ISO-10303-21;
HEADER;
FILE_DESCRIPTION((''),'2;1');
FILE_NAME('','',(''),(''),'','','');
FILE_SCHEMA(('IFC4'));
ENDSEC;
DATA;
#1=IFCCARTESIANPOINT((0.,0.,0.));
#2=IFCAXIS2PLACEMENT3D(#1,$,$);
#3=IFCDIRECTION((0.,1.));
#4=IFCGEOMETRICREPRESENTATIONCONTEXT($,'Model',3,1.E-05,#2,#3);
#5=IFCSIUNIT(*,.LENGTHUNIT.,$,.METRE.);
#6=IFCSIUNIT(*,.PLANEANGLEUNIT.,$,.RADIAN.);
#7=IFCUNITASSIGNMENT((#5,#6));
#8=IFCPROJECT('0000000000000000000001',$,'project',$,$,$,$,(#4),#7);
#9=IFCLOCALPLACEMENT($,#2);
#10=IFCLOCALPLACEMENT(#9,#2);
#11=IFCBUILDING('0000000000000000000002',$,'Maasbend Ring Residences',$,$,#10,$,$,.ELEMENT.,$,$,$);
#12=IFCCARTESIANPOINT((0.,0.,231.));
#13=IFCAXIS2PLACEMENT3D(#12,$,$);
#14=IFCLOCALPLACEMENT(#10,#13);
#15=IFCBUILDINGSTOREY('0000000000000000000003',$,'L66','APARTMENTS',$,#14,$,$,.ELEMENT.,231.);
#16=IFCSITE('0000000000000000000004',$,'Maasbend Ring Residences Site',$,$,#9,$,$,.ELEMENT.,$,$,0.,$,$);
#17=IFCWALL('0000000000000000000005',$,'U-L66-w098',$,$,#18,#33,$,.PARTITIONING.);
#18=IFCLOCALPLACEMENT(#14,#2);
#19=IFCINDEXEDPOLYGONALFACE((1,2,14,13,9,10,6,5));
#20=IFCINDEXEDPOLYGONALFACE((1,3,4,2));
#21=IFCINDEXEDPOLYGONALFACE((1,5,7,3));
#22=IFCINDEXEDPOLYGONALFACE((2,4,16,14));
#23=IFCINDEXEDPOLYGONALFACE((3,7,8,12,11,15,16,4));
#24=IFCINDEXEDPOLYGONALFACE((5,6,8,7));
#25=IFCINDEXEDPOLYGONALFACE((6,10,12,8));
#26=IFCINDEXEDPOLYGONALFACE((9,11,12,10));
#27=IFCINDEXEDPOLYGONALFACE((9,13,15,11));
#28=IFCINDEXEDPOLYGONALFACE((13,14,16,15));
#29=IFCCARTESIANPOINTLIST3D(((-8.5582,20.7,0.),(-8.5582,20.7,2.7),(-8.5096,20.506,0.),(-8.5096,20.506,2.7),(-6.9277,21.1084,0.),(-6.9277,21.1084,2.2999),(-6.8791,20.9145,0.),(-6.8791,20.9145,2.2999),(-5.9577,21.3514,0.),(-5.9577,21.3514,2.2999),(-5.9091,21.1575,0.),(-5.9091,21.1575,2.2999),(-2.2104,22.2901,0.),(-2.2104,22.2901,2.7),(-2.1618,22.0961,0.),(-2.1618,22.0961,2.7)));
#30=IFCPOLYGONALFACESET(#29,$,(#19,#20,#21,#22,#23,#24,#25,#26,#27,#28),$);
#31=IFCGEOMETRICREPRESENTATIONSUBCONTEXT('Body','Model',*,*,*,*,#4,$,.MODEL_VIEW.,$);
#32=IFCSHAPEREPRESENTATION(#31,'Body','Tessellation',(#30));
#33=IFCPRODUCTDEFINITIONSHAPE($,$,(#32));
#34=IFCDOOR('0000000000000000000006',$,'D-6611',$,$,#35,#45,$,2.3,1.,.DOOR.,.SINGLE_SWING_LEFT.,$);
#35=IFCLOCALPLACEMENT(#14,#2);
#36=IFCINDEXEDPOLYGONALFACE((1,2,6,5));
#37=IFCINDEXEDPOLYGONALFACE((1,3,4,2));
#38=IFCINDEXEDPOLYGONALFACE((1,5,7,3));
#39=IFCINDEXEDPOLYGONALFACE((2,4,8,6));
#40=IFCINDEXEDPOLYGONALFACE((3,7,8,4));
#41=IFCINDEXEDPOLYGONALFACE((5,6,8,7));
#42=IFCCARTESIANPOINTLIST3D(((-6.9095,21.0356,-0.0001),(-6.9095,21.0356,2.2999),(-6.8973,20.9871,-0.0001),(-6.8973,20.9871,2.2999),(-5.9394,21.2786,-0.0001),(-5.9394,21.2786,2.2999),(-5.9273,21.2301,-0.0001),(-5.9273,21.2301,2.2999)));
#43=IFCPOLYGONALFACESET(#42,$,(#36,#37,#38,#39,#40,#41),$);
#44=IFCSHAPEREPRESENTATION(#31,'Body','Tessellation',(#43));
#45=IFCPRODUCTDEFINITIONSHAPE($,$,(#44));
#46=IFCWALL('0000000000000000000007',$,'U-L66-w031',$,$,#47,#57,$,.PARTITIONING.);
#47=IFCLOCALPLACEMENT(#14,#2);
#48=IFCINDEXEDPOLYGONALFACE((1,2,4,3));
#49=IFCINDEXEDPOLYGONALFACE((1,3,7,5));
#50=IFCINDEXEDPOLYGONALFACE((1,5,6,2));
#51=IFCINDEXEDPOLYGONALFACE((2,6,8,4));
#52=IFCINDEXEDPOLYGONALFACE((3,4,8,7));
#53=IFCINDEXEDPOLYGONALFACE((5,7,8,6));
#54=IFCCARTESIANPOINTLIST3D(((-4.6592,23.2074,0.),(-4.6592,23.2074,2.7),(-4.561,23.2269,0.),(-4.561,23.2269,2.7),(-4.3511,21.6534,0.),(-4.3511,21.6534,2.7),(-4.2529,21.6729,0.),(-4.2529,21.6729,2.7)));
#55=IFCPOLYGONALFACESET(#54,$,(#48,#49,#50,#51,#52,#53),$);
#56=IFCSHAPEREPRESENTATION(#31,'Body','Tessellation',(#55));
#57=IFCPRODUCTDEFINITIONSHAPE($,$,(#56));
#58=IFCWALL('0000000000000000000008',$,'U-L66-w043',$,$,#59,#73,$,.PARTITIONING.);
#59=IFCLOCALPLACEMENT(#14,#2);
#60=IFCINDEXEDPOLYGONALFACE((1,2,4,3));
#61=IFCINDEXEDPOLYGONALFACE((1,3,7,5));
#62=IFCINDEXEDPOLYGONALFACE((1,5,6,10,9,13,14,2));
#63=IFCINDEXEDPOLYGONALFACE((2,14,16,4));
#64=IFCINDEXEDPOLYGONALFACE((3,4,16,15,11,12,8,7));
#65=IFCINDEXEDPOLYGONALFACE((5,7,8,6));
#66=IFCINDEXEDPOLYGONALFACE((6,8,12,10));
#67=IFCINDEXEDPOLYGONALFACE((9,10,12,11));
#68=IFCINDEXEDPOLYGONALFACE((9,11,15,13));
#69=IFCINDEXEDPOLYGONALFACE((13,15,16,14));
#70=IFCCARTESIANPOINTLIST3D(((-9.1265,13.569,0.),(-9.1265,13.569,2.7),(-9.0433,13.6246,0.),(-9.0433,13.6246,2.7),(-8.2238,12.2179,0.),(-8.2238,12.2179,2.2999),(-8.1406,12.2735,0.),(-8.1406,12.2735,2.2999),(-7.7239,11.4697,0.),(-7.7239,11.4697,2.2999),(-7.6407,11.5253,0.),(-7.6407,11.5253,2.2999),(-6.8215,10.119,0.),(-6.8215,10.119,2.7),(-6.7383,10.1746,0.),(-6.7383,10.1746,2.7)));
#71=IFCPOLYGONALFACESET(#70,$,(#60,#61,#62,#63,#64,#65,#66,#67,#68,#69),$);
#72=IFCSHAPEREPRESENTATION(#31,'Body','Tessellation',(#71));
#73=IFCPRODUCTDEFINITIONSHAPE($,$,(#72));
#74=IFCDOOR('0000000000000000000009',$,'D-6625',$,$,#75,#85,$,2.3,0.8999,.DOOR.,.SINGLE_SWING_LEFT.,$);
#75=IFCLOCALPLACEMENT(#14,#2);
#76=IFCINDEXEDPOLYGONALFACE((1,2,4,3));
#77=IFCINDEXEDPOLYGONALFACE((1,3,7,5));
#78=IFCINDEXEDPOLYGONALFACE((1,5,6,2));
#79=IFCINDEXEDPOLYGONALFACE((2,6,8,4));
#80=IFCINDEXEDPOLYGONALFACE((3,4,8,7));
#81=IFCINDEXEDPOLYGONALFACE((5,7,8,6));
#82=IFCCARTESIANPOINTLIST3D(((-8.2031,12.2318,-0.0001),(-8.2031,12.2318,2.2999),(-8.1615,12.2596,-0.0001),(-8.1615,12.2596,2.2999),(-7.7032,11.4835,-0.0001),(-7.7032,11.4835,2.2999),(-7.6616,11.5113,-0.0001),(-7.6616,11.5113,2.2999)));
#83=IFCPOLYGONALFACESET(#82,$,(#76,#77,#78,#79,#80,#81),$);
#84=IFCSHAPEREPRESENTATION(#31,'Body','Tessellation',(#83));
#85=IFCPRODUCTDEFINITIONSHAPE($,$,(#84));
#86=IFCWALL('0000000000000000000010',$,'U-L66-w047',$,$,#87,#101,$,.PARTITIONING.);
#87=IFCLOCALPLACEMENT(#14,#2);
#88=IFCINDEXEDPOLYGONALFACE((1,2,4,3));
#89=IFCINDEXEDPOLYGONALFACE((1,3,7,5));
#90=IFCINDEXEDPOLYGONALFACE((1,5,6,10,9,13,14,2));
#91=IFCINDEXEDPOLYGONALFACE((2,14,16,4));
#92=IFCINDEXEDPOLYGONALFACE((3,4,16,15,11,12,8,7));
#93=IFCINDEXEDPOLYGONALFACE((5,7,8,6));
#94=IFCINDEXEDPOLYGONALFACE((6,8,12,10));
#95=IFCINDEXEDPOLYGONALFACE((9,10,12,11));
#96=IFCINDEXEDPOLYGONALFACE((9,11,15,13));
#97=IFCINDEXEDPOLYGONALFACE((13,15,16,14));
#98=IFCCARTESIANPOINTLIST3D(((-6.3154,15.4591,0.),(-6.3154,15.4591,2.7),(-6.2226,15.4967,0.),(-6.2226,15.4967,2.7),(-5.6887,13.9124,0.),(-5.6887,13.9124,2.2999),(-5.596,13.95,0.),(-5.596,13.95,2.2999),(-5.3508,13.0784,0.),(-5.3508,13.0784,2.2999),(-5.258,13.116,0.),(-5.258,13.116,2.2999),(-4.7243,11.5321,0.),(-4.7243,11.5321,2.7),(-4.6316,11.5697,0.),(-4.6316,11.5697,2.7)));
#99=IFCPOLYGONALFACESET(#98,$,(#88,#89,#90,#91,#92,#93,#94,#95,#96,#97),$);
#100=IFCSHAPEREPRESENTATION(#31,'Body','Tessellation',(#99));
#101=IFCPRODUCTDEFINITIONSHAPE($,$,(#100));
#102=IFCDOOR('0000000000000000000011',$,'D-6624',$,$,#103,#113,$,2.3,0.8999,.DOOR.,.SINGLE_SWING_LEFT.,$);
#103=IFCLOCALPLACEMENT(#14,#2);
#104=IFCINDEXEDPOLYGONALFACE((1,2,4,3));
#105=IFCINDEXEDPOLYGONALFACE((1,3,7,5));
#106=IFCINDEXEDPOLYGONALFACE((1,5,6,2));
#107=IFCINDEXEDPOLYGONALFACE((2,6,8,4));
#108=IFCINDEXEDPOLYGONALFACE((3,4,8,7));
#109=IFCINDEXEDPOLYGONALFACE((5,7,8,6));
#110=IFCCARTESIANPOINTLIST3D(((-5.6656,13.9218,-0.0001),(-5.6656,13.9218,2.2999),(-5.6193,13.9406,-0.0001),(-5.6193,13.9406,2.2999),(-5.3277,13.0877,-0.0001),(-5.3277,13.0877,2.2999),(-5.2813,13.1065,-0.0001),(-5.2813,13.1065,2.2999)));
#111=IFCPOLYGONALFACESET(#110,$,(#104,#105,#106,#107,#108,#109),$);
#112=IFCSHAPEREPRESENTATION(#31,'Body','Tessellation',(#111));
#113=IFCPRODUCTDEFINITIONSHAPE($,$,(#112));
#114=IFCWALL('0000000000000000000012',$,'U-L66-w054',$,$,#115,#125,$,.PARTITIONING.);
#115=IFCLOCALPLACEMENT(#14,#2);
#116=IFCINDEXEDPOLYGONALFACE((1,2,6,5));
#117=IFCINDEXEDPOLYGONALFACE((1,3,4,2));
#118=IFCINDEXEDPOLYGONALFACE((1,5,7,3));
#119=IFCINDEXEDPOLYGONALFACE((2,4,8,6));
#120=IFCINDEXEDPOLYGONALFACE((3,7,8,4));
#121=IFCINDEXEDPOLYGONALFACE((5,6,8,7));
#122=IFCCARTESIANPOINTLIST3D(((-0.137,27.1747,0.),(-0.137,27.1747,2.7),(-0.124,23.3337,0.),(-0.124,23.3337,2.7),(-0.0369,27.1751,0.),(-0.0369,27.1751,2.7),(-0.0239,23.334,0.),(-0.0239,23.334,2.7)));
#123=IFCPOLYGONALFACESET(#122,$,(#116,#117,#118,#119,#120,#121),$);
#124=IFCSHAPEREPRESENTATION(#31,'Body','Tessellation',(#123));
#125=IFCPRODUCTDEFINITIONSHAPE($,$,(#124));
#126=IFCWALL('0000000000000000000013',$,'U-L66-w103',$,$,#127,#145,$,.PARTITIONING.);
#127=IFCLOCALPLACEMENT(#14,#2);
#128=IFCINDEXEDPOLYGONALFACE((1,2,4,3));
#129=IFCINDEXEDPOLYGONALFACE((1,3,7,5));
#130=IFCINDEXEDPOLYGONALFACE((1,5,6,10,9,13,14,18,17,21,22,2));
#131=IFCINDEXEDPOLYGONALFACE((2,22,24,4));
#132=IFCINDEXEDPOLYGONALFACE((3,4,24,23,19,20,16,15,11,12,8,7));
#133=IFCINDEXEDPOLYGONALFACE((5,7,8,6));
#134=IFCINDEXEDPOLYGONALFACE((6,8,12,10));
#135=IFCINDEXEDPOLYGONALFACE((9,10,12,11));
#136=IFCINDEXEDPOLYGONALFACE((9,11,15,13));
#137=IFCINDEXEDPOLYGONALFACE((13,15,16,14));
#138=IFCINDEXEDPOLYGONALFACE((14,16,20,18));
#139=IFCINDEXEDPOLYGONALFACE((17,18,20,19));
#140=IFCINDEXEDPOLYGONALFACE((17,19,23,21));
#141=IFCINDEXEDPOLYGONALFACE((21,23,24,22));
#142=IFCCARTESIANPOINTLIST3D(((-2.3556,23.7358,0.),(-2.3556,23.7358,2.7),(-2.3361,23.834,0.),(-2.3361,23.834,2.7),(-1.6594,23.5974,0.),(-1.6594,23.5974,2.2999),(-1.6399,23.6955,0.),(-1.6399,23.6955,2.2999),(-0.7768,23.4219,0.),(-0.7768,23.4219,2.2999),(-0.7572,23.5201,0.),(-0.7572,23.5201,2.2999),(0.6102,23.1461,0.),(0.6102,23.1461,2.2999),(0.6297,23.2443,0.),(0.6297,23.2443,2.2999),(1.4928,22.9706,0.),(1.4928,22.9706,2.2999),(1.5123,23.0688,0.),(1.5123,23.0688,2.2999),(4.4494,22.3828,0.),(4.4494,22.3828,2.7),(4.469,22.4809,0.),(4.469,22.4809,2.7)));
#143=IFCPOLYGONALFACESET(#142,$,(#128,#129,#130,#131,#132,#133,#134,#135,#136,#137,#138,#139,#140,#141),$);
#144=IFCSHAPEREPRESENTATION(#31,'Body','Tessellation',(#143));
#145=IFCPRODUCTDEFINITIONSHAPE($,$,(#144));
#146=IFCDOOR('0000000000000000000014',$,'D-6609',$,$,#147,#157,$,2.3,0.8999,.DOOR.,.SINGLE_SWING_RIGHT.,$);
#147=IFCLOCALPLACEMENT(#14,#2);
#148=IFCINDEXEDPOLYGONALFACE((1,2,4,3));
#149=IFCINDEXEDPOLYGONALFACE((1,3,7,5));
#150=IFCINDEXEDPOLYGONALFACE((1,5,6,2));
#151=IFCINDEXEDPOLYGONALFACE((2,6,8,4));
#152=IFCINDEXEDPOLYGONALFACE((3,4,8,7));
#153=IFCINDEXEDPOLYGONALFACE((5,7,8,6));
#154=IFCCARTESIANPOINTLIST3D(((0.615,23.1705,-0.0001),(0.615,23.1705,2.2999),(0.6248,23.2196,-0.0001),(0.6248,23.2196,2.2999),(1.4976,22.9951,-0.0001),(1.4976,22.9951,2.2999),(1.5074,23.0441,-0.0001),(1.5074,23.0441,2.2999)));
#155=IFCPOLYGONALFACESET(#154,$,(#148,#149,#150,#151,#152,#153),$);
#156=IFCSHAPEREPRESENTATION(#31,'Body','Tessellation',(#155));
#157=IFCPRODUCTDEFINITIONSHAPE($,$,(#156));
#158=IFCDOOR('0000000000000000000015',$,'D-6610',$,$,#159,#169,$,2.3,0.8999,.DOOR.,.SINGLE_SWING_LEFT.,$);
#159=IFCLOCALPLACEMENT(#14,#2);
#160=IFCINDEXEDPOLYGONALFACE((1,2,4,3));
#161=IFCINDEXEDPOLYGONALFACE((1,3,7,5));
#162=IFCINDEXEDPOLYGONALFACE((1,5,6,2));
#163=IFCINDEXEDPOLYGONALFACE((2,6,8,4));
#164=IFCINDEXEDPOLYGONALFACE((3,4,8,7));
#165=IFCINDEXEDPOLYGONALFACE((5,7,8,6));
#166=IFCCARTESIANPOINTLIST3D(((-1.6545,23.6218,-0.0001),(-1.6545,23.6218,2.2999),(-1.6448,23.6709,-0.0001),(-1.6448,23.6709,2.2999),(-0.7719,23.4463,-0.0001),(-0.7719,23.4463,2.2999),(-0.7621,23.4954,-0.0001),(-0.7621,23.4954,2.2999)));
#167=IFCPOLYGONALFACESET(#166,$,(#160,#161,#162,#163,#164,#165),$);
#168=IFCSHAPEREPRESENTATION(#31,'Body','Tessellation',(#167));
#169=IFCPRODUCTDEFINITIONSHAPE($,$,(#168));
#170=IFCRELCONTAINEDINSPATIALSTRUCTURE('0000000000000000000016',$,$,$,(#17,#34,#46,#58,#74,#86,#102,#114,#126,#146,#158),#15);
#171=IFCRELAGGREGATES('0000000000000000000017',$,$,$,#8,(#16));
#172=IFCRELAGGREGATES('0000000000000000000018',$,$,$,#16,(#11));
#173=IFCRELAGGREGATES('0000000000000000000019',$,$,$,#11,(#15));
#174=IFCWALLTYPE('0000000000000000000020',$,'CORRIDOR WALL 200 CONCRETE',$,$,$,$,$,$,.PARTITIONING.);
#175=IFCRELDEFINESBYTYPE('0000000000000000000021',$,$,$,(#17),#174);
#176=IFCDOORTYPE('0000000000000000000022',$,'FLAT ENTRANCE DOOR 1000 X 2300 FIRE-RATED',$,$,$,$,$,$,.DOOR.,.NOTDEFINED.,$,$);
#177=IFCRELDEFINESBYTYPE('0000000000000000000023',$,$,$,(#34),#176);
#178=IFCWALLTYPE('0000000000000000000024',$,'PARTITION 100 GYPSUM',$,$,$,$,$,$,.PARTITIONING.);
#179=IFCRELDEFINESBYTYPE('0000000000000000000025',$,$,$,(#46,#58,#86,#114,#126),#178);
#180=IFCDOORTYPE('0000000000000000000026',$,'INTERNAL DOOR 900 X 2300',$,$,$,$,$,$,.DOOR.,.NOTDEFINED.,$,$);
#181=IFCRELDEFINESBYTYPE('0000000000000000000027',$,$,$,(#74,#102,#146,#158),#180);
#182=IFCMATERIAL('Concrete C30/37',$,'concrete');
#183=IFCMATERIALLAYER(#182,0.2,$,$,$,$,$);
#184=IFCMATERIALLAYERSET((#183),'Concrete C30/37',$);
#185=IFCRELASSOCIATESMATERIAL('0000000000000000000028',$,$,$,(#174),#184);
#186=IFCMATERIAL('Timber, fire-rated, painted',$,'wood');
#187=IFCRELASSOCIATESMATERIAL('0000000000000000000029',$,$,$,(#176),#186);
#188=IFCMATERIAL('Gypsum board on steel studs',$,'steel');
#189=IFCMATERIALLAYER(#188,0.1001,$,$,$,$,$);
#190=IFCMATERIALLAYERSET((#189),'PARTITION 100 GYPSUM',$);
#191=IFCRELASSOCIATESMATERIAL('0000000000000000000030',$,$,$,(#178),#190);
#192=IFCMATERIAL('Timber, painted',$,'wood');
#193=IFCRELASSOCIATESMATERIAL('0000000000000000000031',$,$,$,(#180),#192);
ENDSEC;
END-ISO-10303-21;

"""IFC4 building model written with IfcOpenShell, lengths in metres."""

from ifc_helpers import new_model, si_unit, direction, frame, frame_2d, origin, place, context, subcontext, project, spatial, rectangle, extrude, material, layer, layer_set, type_object, element, fill, save


model = new_model("IFC4")

# Units and contexts
model_context = context("Model", 3, precision=1e-05, world=origin(), true_north=direction((0.0, 1.0)))
body_context = subcontext(model_context, "Body", "Model", "MODEL_VIEW")
ifc_project = project(units=[si_unit("LENGTHUNIT", "METRE"), si_unit("PLANEANGLEUNIT", "RADIAN")], contexts=[model_context])

# Site, building, storey
site_placement = place(None, origin())
site = spatial("IfcSite", under=ifc_project, at=site_placement, Name="Maasbend Ring Residences Site", CompositionType="ELEMENT", RefElevation=0.0)
building_placement = place(site_placement, origin())
building = spatial("IfcBuilding", under=site, at=building_placement, Name="Maasbend Ring Residences", CompositionType="ELEMENT")
storey_placement = place(building_placement, frame((0.0, 0.0, 231.0)))
storey = spatial("IfcBuildingStorey", under=building, at=storey_placement, Name="L66", Description="APARTMENTS", CompositionType="ELEMENT", Elevation=231.0)

# Wall, opening, door
ifc_material_1 = material(Name="Concrete C30/37", Category="concrete")
ifc_layer_1 = layer(ifc_material_1, 0.2)
ifc_layer_set_1 = layer_set([ifc_layer_1], Name="Concrete C30/37")
wall_type_1 = type_object("IfcWallType", Name="CORRIDOR WALL 200 CONCRETE", PredefinedType="PARTITIONING", material=ifc_layer_set_1)
ifc_material_2 = material(Name="Timber, fire-rated, painted", Category="wood")
door_type_1 = type_object("IfcDoorType", Name="FLAT ENTRANCE DOOR 1000 X 2300 FIRE-RATED", OperationType="NOTDEFINED", PredefinedType="DOOR", material=ifc_material_2)
wall_1_placement = place(storey_placement, frame((-8.5339, 20.603, 0.0), z_axis=(0.0, 0.0, 1.0), x_axis=(0.97003, 0.242983, 0.0)))
wall_1 = element("IfcWall", 1, at=wall_1_placement, inside=storey, type_object=wall_type_1, Name="U-L66-w098", PredefinedType="PARTITIONING", context=body_context, shape_type="SweptSolid", body=[
    extrude(rectangle(XDim=6.5439, YDim=0.2, at=frame_2d((3.272, 0.0))), origin(), (0.0, 0.0, 1.0), 2.7),
])
opening_1_placement = place(wall_1_placement, frame((1.6809, 0.0, 0.0)))
opening_1 = element("IfcOpeningElement", 2, at=opening_1_placement, cuts=wall_1, PredefinedType="OPENING", context=body_context, shape_type="SweptSolid", body=[
    extrude(rectangle(XDim=1.0, YDim=2.3, at=frame_2d((0.5, 1.1499))), frame((0.0, 0.1099, 0.0), z_axis=(0.0, -1.0, 0.0), x_axis=(1.0, 0.0, 0.0)), (0.0, 0.0, 1.0), 0.22),
])
door_1_placement = place(opening_1_placement, origin())
door_1 = element("IfcDoor", 3, at=door_1_placement, inside=storey, type_object=door_type_1, Name="D-6611", OperationType="SINGLE_SWING_LEFT", OverallHeight=2.3, OverallWidth=1.0, PredefinedType="DOOR", context=body_context, shape_type="SweptSolid", body=[
    extrude(rectangle(XDim=1.0, YDim=2.3, at=frame_2d((0.5, 1.1499))), frame((0.0, 0.0249, 0.0), z_axis=(0.0, -1.0, 0.0), x_axis=(1.0, 0.0, 0.0)), (0.0, 0.0, 1.0), 0.05),
])
fill(opening_1, door_1)

# Wall
ifc_material_3 = material(Name="Gypsum board on steel studs", Category="steel")
ifc_layer_2 = layer(ifc_material_3, 0.1001)
ifc_layer_set_2 = layer_set([ifc_layer_2], Name="PARTITION 100 GYPSUM")
wall_type_2 = type_object("IfcWallType", Name="PARTITION 100 GYPSUM", PredefinedType="PARTITIONING", material=ifc_layer_set_2)
wall_2_placement = place(storey_placement, frame((-4.6101, 23.217, 0.0), z_axis=(0.0, 0.0, 1.0), x_axis=(0.194486, -0.980905, 0.0)))
element("IfcWall", 4, at=wall_2_placement, inside=storey, type_object=wall_type_2, Name="U-L66-w031", PredefinedType="PARTITIONING", context=body_context, shape_type="SweptSolid", body=[
    extrude(rectangle(XDim=1.5842, YDim=0.1001, at=frame_2d((0.792, 0.0))), origin(), (0.0, 0.0, 1.0), 2.7),
])

# Walls, openings, doors
wall_3_placement = place(storey_placement, frame((-9.085, 13.5969, 0.0), z_axis=(0.0, 0.0, 1.0), x_axis=(0.555528, -0.831498, 0.0)))
wall_3 = element("IfcWall", 5, at=wall_3_placement, inside=storey, type_object=wall_type_2, Name="U-L66-w043", PredefinedType="PARTITIONING", context=body_context, shape_type="SweptSolid", body=[
    extrude(rectangle(XDim=4.1492, YDim=0.1001, at=frame_2d((2.0747, 0.0))), origin(), (0.0, 0.0, 1.0), 2.7),
])
opening_2_placement = place(wall_3_placement, frame((1.625, 0.0, 0.0)))
opening_2 = element("IfcOpeningElement", 6, at=opening_2_placement, cuts=wall_3, PredefinedType="OPENING", context=body_context, shape_type="SweptSolid", body=[
    extrude(rectangle(XDim=0.8999, YDim=2.3, at=frame_2d((0.45, 1.1499))), frame((0.0, 0.0601, 0.0), z_axis=(0.0, -1.0, 0.0), x_axis=(1.0, 0.0, 0.0)), (0.0, 0.0, 1.0), 0.1201),
])
ifc_material_4 = material(Name="Timber, painted", Category="wood")
door_type_2 = type_object("IfcDoorType", Name="INTERNAL DOOR 900 X 2300", OperationType="NOTDEFINED", PredefinedType="DOOR", material=ifc_material_4)
door_2_placement = place(opening_2_placement, origin())
door_2 = element("IfcDoor", 7, at=door_2_placement, inside=storey, type_object=door_type_2, Name="D-6625", OperationType="SINGLE_SWING_LEFT", OverallHeight=2.3, OverallWidth=0.8999, PredefinedType="DOOR", context=body_context, shape_type="SweptSolid", body=[
    extrude(rectangle(XDim=0.8999, YDim=2.3, at=frame_2d((0.45, 1.1499))), frame((0.0, 0.0249, 0.0), z_axis=(0.0, -1.0, 0.0), x_axis=(1.0, 0.0, 0.0)), (0.0, 0.0, 1.0), 0.05),
])
fill(opening_2, door_2)
wall_4_placement = place(storey_placement, frame((-6.269, 15.478, 0.0), z_axis=(0.0, 0.0, 1.0), x_axis=(0.37551, -0.926818, 0.0)))
wall_4 = element("IfcWall", 8, at=wall_4_placement, inside=storey, type_object=wall_type_2, Name="U-L66-w047", PredefinedType="PARTITIONING", context=body_context, shape_type="SweptSolid", body=[
    extrude(rectangle(XDim=4.2371, YDim=0.1001, at=frame_2d((2.1187, 0.0))), origin(), (0.0, 0.0, 1.0), 2.7),
])
opening_3_placement = place(wall_4_placement, frame((1.6689, 0.0, 0.0)))
opening_3 = element("IfcOpeningElement", 9, at=opening_3_placement, cuts=wall_4, PredefinedType="OPENING", context=body_context, shape_type="SweptSolid", body=[
    extrude(rectangle(XDim=0.8999, YDim=2.3, at=frame_2d((0.45, 1.1499))), frame((0.0, 0.0601, 0.0), z_axis=(0.0, -1.0, 0.0), x_axis=(1.0, 0.0, 0.0)), (0.0, 0.0, 1.0), 0.1201),
])
door_3_placement = place(opening_3_placement, origin())
door_3 = element("IfcDoor", 10, at=door_3_placement, inside=storey, type_object=door_type_2, Name="D-6624", OperationType="SINGLE_SWING_LEFT", OverallHeight=2.3, OverallWidth=0.8999, PredefinedType="DOOR", context=body_context, shape_type="SweptSolid", body=[
    extrude(rectangle(XDim=0.8999, YDim=2.3, at=frame_2d((0.45, 1.1499))), frame((0.0, 0.0249, 0.0), z_axis=(0.0, -1.0, 0.0), x_axis=(1.0, 0.0, 0.0)), (0.0, 0.0, 1.0), 0.05),
])
fill(opening_3, door_3)

# Wall
wall_5_placement = place(storey_placement, frame((-0.074, 23.334, 0.0), z_axis=(0.0, 0.0, 1.0), x_axis=(-0.003369, 0.999994, 0.0)))
element("IfcWall", 11, at=wall_5_placement, inside=storey, type_object=wall_type_2, Name="U-L66-w054", PredefinedType="PARTITIONING", context=body_context, shape_type="SweptSolid", body=[
    extrude(rectangle(XDim=3.8411, YDim=0.1001, at=frame_2d((1.9204, 0.0))), origin(), (0.0, 0.0, 1.0), 2.7),
])

# Wall, openings, doors
wall_6_placement = place(storey_placement, frame((-2.3459, 23.7849, 0.0), z_axis=(0.0, 0.0, 1.0), x_axis=(0.980801, -0.195013, 0.0)))
wall_6 = element("IfcWall", 12, at=wall_6_placement, inside=storey, type_object=wall_type_2, Name="U-L66-w103", PredefinedType="PARTITIONING", context=body_context, shape_type="SweptSolid", body=[
    extrude(rectangle(XDim=6.9382, YDim=0.1001, at=frame_2d((3.4692, 0.0))), origin(), (0.0, 0.0, 1.0), 2.7),
])
opening_4_placement = place(wall_6_placement, frame((3.0239, 0.0, 0.0)))
opening_4 = element("IfcOpeningElement", 13, at=opening_4_placement, cuts=wall_6, PredefinedType="OPENING", context=body_context, shape_type="SweptSolid", body=[
    extrude(rectangle(XDim=0.8999, YDim=2.3, at=frame_2d((0.45, 1.1499))), frame((0.0, 0.0601, 0.0), z_axis=(0.0, -1.0, 0.0), x_axis=(1.0, 0.0, 0.0)), (0.0, 0.0, 1.0), 0.1201),
])
opening_5_placement = place(wall_6_placement, frame((0.71, 0.0, 0.0)))
opening_5 = element("IfcOpeningElement", 14, at=opening_5_placement, cuts=wall_6, PredefinedType="OPENING", context=body_context, shape_type="SweptSolid", body=[
    extrude(rectangle(XDim=0.8999, YDim=2.3, at=frame_2d((0.45, 1.1499))), frame((0.0, 0.0601, 0.0), z_axis=(0.0, -1.0, 0.0), x_axis=(1.0, 0.0, 0.0)), (0.0, 0.0, 1.0), 0.1201),
])
door_4_placement = place(opening_4_placement, origin())
door_4 = element("IfcDoor", 15, at=door_4_placement, inside=storey, type_object=door_type_2, Name="D-6609", OperationType="SINGLE_SWING_RIGHT", OverallHeight=2.3, OverallWidth=0.8999, PredefinedType="DOOR", context=body_context, shape_type="SweptSolid", body=[
    extrude(rectangle(XDim=0.8999, YDim=2.3, at=frame_2d((0.45, 1.1499))), frame((0.0, 0.0249, 0.0), z_axis=(0.0, -1.0, 0.0), x_axis=(1.0, 0.0, 0.0)), (0.0, 0.0, 1.0), 0.05),
])
fill(opening_4, door_4)
door_5_placement = place(opening_5_placement, origin())
door_5 = element("IfcDoor", 16, at=door_5_placement, inside=storey, type_object=door_type_2, Name="D-6610", OperationType="SINGLE_SWING_LEFT", OverallHeight=2.3, OverallWidth=0.8999, PredefinedType="DOOR", context=body_context, shape_type="SweptSolid", body=[
    extrude(rectangle(XDim=0.8999, YDim=2.3, at=frame_2d((0.45, 1.1499))), frame((0.0, 0.0249, 0.0), z_axis=(0.0, -1.0, 0.0), x_axis=(1.0, 0.0, 0.0)), (0.0, 0.0, 1.0), 0.05),
])
fill(opening_5, door_5)

save(model, "model.ifc")
